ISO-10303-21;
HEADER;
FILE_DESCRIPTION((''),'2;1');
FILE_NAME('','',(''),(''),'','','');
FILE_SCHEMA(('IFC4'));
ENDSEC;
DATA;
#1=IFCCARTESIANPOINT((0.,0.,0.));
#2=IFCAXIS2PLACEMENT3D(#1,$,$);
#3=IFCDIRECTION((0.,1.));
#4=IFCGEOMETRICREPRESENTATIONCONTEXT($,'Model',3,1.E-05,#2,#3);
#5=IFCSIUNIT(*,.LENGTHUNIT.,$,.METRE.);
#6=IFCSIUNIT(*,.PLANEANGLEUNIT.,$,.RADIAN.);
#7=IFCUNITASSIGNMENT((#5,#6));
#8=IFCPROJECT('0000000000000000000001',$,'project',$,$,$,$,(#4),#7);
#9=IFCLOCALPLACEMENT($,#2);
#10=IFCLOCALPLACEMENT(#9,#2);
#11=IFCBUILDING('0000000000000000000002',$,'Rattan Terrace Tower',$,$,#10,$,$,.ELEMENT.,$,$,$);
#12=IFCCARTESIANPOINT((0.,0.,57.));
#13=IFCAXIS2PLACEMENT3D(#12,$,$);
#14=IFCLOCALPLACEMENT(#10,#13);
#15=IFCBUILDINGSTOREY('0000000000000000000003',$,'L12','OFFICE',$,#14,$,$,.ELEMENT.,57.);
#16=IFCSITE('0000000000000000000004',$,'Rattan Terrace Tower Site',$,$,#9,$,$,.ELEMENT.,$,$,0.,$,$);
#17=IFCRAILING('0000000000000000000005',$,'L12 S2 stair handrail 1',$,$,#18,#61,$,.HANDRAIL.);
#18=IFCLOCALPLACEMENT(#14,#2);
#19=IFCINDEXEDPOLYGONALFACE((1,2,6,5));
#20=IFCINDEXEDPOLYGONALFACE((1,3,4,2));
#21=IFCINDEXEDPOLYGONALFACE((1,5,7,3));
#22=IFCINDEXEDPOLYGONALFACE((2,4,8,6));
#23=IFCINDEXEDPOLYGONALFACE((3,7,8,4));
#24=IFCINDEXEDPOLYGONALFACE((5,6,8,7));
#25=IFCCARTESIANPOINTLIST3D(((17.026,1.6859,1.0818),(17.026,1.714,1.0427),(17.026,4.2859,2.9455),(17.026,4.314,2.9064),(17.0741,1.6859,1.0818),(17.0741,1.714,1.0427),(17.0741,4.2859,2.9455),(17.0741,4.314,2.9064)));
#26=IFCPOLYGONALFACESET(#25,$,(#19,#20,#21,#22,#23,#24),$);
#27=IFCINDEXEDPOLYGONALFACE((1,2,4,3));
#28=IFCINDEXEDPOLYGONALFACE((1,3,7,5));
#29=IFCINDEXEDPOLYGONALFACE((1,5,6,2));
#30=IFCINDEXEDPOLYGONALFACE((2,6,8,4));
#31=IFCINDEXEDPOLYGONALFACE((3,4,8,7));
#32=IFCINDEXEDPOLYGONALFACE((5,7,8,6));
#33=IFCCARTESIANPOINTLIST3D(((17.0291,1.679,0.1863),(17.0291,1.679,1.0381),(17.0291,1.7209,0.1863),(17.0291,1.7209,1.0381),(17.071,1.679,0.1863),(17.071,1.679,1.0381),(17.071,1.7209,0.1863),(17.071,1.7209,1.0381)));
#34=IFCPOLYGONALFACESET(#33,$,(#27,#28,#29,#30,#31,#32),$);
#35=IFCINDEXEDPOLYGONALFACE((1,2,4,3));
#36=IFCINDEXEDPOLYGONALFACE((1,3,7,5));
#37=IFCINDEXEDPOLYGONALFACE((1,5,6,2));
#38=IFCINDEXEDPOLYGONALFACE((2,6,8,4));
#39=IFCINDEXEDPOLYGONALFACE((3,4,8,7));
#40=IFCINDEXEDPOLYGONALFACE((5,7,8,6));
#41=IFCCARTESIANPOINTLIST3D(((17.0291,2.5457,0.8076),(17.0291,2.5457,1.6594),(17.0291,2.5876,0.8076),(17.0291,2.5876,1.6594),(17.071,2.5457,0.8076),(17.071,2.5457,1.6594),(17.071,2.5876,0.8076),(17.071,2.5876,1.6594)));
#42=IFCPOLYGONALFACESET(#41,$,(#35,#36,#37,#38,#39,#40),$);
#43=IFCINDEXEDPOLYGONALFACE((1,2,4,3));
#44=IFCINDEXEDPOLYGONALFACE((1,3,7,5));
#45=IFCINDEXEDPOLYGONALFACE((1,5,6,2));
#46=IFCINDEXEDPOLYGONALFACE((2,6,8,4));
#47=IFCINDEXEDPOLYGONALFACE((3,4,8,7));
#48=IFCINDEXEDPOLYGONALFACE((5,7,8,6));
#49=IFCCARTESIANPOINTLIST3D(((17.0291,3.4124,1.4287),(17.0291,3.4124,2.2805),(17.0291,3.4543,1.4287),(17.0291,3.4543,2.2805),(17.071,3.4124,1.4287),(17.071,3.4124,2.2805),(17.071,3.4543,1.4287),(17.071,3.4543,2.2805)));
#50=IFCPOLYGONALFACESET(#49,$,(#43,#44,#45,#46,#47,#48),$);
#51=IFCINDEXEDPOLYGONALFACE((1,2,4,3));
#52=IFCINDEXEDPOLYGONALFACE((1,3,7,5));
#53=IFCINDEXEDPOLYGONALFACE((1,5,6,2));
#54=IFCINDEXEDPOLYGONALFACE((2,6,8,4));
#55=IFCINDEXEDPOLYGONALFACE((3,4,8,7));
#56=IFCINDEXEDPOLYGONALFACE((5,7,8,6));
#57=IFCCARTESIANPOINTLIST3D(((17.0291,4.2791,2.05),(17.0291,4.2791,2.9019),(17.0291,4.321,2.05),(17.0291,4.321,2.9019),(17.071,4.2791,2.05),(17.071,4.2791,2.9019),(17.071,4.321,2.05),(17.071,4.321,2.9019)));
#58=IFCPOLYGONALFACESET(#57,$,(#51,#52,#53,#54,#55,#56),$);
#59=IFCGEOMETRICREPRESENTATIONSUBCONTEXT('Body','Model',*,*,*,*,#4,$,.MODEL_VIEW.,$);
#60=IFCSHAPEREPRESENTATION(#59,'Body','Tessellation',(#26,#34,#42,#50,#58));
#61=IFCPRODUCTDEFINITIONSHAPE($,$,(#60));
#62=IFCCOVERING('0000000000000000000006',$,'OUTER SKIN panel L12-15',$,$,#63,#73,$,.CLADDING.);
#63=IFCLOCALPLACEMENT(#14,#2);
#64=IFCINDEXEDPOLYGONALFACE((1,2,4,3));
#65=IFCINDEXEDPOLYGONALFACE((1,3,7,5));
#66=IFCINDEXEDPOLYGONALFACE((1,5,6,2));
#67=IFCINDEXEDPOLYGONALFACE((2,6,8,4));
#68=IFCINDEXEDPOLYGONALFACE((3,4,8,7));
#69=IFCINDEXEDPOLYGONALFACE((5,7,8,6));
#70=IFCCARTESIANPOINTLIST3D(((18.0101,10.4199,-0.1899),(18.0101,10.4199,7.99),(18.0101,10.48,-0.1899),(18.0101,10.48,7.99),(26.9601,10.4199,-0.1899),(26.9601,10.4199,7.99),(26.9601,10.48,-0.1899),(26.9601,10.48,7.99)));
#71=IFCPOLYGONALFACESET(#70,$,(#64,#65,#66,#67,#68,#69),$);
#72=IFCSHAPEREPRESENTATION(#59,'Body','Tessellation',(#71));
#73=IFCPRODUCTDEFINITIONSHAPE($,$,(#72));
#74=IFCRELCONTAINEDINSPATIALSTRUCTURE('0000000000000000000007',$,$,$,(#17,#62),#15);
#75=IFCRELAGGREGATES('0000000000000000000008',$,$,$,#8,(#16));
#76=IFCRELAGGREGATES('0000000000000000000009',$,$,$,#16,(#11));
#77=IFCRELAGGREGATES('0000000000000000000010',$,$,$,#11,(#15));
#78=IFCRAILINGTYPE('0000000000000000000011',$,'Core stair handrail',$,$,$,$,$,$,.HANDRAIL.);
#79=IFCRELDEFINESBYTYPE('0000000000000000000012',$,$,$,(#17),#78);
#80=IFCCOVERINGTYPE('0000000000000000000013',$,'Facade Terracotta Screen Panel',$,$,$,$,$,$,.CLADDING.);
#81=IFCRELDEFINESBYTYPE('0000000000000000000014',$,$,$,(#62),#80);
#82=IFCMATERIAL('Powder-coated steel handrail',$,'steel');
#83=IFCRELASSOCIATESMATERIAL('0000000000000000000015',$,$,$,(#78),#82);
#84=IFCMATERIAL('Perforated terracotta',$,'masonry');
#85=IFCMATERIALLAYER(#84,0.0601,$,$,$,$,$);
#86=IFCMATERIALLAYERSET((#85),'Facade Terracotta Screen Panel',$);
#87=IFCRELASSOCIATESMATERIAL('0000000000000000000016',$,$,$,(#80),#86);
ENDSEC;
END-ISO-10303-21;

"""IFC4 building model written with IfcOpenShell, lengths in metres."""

from ifc_helpers import new_model, si_unit, direction, frame, origin, origin_2d, place, context, subcontext, project, spatial, rectangle, extrude, material, layer, layer_set, type_object, element, save


model = new_model("IFC4")

# Units and contexts
model_context = context("Model", 3, precision=1e-05, world=origin(), true_north=direction((0.0, 1.0)))
body_context = subcontext(model_context, "Body", "Model", "MODEL_VIEW")
ifc_project = project(units=[si_unit("LENGTHUNIT", "METRE"), si_unit("PLANEANGLEUNIT", "RADIAN")], contexts=[model_context])

# Site, building, storey
site_placement = place(None, origin())
site = spatial("IfcSite", under=ifc_project, at=site_placement, Name="Rattan Terrace Tower Site", CompositionType="ELEMENT", RefElevation=0.0)
building_placement = place(site_placement, origin())
building = spatial("IfcBuilding", under=site, at=building_placement, Name="Rattan Terrace Tower", CompositionType="ELEMENT")
storey_placement = place(building_placement, frame((0.0, 0.0, 57.0)))
storey = spatial("IfcBuildingStorey", under=building, at=storey_placement, Name="L12", Description="OFFICE", CompositionType="ELEMENT", Elevation=57.0)

# Railing
ifc_material_1 = material(Name="Powder-coated steel handrail", Category="steel")
railing_type_1 = type_object("IfcRailingType", Name="Core stair handrail", PredefinedType="HANDRAIL", material=ifc_material_1)
railing_1_placement = place(storey_placement, frame((17.05, 1.7, 0.1863)))
element("IfcRailing", 1, at=railing_1_placement, inside=storey, type_object=railing_type_1, Name="L12 S2 stair handrail 1", PredefinedType="HANDRAIL", context=body_context, shape_type="SweptSolid", body=[
    extrude(rectangle(XDim=0.0481, YDim=0.0481, at=origin_2d()), frame((0.0, 0.0, 0.876), z_axis=(0.0, 0.812763, 0.582595), x_axis=(-1.0, 0.0, 0.0)), (0.0, 0.0, 1.0), 3.199),
    extrude(rectangle(XDim=0.042, YDim=0.042, at=origin_2d()), origin(), (0.0, 0.0, 1.0), 0.8518),
    extrude(rectangle(XDim=0.042, YDim=0.042, at=origin_2d()), frame((0.0, 0.8667, 0.6213)), (0.0, 0.0, 1.0), 0.8518),
    extrude(rectangle(XDim=0.042, YDim=0.042, at=origin_2d()), frame((0.0, 1.7334, 1.2424)), (0.0, 0.0, 1.0), 0.8518),
    extrude(rectangle(XDim=0.042, YDim=0.042, at=origin_2d()), frame((0.0, 2.6001, 1.8638)), (0.0, 0.0, 1.0), 0.8518),
])

# Covering
ifc_material_2 = material(Name="Perforated terracotta", Category="masonry")
ifc_layer_1 = layer(ifc_material_2, 0.0601)
ifc_layer_set_1 = layer_set([ifc_layer_1], Name="Facade Terracotta Screen Panel")
covering_type = type_object("IfcCoveringType", Name="Facade Terracotta Screen Panel", PredefinedType="CLADDING", material=ifc_layer_set_1)
covering_placement = place(storey_placement, frame((22.4851, 10.45, -0.1899), z_axis=(0.0, 0.0, 1.0), x_axis=(-1.0, 0.0, 0.0)))
element("IfcCovering", 2, at=covering_placement, inside=storey, type_object=covering_type, Name="OUTER SKIN panel L12-15", PredefinedType="CLADDING", context=body_context, shape_type="SweptSolid", body=[
    extrude(rectangle(XDim=8.95, YDim=0.0601, at=origin_2d()), origin(), (0.0, 0.0, 1.0), 8.1799),
])

save(model, "model.ifc")
